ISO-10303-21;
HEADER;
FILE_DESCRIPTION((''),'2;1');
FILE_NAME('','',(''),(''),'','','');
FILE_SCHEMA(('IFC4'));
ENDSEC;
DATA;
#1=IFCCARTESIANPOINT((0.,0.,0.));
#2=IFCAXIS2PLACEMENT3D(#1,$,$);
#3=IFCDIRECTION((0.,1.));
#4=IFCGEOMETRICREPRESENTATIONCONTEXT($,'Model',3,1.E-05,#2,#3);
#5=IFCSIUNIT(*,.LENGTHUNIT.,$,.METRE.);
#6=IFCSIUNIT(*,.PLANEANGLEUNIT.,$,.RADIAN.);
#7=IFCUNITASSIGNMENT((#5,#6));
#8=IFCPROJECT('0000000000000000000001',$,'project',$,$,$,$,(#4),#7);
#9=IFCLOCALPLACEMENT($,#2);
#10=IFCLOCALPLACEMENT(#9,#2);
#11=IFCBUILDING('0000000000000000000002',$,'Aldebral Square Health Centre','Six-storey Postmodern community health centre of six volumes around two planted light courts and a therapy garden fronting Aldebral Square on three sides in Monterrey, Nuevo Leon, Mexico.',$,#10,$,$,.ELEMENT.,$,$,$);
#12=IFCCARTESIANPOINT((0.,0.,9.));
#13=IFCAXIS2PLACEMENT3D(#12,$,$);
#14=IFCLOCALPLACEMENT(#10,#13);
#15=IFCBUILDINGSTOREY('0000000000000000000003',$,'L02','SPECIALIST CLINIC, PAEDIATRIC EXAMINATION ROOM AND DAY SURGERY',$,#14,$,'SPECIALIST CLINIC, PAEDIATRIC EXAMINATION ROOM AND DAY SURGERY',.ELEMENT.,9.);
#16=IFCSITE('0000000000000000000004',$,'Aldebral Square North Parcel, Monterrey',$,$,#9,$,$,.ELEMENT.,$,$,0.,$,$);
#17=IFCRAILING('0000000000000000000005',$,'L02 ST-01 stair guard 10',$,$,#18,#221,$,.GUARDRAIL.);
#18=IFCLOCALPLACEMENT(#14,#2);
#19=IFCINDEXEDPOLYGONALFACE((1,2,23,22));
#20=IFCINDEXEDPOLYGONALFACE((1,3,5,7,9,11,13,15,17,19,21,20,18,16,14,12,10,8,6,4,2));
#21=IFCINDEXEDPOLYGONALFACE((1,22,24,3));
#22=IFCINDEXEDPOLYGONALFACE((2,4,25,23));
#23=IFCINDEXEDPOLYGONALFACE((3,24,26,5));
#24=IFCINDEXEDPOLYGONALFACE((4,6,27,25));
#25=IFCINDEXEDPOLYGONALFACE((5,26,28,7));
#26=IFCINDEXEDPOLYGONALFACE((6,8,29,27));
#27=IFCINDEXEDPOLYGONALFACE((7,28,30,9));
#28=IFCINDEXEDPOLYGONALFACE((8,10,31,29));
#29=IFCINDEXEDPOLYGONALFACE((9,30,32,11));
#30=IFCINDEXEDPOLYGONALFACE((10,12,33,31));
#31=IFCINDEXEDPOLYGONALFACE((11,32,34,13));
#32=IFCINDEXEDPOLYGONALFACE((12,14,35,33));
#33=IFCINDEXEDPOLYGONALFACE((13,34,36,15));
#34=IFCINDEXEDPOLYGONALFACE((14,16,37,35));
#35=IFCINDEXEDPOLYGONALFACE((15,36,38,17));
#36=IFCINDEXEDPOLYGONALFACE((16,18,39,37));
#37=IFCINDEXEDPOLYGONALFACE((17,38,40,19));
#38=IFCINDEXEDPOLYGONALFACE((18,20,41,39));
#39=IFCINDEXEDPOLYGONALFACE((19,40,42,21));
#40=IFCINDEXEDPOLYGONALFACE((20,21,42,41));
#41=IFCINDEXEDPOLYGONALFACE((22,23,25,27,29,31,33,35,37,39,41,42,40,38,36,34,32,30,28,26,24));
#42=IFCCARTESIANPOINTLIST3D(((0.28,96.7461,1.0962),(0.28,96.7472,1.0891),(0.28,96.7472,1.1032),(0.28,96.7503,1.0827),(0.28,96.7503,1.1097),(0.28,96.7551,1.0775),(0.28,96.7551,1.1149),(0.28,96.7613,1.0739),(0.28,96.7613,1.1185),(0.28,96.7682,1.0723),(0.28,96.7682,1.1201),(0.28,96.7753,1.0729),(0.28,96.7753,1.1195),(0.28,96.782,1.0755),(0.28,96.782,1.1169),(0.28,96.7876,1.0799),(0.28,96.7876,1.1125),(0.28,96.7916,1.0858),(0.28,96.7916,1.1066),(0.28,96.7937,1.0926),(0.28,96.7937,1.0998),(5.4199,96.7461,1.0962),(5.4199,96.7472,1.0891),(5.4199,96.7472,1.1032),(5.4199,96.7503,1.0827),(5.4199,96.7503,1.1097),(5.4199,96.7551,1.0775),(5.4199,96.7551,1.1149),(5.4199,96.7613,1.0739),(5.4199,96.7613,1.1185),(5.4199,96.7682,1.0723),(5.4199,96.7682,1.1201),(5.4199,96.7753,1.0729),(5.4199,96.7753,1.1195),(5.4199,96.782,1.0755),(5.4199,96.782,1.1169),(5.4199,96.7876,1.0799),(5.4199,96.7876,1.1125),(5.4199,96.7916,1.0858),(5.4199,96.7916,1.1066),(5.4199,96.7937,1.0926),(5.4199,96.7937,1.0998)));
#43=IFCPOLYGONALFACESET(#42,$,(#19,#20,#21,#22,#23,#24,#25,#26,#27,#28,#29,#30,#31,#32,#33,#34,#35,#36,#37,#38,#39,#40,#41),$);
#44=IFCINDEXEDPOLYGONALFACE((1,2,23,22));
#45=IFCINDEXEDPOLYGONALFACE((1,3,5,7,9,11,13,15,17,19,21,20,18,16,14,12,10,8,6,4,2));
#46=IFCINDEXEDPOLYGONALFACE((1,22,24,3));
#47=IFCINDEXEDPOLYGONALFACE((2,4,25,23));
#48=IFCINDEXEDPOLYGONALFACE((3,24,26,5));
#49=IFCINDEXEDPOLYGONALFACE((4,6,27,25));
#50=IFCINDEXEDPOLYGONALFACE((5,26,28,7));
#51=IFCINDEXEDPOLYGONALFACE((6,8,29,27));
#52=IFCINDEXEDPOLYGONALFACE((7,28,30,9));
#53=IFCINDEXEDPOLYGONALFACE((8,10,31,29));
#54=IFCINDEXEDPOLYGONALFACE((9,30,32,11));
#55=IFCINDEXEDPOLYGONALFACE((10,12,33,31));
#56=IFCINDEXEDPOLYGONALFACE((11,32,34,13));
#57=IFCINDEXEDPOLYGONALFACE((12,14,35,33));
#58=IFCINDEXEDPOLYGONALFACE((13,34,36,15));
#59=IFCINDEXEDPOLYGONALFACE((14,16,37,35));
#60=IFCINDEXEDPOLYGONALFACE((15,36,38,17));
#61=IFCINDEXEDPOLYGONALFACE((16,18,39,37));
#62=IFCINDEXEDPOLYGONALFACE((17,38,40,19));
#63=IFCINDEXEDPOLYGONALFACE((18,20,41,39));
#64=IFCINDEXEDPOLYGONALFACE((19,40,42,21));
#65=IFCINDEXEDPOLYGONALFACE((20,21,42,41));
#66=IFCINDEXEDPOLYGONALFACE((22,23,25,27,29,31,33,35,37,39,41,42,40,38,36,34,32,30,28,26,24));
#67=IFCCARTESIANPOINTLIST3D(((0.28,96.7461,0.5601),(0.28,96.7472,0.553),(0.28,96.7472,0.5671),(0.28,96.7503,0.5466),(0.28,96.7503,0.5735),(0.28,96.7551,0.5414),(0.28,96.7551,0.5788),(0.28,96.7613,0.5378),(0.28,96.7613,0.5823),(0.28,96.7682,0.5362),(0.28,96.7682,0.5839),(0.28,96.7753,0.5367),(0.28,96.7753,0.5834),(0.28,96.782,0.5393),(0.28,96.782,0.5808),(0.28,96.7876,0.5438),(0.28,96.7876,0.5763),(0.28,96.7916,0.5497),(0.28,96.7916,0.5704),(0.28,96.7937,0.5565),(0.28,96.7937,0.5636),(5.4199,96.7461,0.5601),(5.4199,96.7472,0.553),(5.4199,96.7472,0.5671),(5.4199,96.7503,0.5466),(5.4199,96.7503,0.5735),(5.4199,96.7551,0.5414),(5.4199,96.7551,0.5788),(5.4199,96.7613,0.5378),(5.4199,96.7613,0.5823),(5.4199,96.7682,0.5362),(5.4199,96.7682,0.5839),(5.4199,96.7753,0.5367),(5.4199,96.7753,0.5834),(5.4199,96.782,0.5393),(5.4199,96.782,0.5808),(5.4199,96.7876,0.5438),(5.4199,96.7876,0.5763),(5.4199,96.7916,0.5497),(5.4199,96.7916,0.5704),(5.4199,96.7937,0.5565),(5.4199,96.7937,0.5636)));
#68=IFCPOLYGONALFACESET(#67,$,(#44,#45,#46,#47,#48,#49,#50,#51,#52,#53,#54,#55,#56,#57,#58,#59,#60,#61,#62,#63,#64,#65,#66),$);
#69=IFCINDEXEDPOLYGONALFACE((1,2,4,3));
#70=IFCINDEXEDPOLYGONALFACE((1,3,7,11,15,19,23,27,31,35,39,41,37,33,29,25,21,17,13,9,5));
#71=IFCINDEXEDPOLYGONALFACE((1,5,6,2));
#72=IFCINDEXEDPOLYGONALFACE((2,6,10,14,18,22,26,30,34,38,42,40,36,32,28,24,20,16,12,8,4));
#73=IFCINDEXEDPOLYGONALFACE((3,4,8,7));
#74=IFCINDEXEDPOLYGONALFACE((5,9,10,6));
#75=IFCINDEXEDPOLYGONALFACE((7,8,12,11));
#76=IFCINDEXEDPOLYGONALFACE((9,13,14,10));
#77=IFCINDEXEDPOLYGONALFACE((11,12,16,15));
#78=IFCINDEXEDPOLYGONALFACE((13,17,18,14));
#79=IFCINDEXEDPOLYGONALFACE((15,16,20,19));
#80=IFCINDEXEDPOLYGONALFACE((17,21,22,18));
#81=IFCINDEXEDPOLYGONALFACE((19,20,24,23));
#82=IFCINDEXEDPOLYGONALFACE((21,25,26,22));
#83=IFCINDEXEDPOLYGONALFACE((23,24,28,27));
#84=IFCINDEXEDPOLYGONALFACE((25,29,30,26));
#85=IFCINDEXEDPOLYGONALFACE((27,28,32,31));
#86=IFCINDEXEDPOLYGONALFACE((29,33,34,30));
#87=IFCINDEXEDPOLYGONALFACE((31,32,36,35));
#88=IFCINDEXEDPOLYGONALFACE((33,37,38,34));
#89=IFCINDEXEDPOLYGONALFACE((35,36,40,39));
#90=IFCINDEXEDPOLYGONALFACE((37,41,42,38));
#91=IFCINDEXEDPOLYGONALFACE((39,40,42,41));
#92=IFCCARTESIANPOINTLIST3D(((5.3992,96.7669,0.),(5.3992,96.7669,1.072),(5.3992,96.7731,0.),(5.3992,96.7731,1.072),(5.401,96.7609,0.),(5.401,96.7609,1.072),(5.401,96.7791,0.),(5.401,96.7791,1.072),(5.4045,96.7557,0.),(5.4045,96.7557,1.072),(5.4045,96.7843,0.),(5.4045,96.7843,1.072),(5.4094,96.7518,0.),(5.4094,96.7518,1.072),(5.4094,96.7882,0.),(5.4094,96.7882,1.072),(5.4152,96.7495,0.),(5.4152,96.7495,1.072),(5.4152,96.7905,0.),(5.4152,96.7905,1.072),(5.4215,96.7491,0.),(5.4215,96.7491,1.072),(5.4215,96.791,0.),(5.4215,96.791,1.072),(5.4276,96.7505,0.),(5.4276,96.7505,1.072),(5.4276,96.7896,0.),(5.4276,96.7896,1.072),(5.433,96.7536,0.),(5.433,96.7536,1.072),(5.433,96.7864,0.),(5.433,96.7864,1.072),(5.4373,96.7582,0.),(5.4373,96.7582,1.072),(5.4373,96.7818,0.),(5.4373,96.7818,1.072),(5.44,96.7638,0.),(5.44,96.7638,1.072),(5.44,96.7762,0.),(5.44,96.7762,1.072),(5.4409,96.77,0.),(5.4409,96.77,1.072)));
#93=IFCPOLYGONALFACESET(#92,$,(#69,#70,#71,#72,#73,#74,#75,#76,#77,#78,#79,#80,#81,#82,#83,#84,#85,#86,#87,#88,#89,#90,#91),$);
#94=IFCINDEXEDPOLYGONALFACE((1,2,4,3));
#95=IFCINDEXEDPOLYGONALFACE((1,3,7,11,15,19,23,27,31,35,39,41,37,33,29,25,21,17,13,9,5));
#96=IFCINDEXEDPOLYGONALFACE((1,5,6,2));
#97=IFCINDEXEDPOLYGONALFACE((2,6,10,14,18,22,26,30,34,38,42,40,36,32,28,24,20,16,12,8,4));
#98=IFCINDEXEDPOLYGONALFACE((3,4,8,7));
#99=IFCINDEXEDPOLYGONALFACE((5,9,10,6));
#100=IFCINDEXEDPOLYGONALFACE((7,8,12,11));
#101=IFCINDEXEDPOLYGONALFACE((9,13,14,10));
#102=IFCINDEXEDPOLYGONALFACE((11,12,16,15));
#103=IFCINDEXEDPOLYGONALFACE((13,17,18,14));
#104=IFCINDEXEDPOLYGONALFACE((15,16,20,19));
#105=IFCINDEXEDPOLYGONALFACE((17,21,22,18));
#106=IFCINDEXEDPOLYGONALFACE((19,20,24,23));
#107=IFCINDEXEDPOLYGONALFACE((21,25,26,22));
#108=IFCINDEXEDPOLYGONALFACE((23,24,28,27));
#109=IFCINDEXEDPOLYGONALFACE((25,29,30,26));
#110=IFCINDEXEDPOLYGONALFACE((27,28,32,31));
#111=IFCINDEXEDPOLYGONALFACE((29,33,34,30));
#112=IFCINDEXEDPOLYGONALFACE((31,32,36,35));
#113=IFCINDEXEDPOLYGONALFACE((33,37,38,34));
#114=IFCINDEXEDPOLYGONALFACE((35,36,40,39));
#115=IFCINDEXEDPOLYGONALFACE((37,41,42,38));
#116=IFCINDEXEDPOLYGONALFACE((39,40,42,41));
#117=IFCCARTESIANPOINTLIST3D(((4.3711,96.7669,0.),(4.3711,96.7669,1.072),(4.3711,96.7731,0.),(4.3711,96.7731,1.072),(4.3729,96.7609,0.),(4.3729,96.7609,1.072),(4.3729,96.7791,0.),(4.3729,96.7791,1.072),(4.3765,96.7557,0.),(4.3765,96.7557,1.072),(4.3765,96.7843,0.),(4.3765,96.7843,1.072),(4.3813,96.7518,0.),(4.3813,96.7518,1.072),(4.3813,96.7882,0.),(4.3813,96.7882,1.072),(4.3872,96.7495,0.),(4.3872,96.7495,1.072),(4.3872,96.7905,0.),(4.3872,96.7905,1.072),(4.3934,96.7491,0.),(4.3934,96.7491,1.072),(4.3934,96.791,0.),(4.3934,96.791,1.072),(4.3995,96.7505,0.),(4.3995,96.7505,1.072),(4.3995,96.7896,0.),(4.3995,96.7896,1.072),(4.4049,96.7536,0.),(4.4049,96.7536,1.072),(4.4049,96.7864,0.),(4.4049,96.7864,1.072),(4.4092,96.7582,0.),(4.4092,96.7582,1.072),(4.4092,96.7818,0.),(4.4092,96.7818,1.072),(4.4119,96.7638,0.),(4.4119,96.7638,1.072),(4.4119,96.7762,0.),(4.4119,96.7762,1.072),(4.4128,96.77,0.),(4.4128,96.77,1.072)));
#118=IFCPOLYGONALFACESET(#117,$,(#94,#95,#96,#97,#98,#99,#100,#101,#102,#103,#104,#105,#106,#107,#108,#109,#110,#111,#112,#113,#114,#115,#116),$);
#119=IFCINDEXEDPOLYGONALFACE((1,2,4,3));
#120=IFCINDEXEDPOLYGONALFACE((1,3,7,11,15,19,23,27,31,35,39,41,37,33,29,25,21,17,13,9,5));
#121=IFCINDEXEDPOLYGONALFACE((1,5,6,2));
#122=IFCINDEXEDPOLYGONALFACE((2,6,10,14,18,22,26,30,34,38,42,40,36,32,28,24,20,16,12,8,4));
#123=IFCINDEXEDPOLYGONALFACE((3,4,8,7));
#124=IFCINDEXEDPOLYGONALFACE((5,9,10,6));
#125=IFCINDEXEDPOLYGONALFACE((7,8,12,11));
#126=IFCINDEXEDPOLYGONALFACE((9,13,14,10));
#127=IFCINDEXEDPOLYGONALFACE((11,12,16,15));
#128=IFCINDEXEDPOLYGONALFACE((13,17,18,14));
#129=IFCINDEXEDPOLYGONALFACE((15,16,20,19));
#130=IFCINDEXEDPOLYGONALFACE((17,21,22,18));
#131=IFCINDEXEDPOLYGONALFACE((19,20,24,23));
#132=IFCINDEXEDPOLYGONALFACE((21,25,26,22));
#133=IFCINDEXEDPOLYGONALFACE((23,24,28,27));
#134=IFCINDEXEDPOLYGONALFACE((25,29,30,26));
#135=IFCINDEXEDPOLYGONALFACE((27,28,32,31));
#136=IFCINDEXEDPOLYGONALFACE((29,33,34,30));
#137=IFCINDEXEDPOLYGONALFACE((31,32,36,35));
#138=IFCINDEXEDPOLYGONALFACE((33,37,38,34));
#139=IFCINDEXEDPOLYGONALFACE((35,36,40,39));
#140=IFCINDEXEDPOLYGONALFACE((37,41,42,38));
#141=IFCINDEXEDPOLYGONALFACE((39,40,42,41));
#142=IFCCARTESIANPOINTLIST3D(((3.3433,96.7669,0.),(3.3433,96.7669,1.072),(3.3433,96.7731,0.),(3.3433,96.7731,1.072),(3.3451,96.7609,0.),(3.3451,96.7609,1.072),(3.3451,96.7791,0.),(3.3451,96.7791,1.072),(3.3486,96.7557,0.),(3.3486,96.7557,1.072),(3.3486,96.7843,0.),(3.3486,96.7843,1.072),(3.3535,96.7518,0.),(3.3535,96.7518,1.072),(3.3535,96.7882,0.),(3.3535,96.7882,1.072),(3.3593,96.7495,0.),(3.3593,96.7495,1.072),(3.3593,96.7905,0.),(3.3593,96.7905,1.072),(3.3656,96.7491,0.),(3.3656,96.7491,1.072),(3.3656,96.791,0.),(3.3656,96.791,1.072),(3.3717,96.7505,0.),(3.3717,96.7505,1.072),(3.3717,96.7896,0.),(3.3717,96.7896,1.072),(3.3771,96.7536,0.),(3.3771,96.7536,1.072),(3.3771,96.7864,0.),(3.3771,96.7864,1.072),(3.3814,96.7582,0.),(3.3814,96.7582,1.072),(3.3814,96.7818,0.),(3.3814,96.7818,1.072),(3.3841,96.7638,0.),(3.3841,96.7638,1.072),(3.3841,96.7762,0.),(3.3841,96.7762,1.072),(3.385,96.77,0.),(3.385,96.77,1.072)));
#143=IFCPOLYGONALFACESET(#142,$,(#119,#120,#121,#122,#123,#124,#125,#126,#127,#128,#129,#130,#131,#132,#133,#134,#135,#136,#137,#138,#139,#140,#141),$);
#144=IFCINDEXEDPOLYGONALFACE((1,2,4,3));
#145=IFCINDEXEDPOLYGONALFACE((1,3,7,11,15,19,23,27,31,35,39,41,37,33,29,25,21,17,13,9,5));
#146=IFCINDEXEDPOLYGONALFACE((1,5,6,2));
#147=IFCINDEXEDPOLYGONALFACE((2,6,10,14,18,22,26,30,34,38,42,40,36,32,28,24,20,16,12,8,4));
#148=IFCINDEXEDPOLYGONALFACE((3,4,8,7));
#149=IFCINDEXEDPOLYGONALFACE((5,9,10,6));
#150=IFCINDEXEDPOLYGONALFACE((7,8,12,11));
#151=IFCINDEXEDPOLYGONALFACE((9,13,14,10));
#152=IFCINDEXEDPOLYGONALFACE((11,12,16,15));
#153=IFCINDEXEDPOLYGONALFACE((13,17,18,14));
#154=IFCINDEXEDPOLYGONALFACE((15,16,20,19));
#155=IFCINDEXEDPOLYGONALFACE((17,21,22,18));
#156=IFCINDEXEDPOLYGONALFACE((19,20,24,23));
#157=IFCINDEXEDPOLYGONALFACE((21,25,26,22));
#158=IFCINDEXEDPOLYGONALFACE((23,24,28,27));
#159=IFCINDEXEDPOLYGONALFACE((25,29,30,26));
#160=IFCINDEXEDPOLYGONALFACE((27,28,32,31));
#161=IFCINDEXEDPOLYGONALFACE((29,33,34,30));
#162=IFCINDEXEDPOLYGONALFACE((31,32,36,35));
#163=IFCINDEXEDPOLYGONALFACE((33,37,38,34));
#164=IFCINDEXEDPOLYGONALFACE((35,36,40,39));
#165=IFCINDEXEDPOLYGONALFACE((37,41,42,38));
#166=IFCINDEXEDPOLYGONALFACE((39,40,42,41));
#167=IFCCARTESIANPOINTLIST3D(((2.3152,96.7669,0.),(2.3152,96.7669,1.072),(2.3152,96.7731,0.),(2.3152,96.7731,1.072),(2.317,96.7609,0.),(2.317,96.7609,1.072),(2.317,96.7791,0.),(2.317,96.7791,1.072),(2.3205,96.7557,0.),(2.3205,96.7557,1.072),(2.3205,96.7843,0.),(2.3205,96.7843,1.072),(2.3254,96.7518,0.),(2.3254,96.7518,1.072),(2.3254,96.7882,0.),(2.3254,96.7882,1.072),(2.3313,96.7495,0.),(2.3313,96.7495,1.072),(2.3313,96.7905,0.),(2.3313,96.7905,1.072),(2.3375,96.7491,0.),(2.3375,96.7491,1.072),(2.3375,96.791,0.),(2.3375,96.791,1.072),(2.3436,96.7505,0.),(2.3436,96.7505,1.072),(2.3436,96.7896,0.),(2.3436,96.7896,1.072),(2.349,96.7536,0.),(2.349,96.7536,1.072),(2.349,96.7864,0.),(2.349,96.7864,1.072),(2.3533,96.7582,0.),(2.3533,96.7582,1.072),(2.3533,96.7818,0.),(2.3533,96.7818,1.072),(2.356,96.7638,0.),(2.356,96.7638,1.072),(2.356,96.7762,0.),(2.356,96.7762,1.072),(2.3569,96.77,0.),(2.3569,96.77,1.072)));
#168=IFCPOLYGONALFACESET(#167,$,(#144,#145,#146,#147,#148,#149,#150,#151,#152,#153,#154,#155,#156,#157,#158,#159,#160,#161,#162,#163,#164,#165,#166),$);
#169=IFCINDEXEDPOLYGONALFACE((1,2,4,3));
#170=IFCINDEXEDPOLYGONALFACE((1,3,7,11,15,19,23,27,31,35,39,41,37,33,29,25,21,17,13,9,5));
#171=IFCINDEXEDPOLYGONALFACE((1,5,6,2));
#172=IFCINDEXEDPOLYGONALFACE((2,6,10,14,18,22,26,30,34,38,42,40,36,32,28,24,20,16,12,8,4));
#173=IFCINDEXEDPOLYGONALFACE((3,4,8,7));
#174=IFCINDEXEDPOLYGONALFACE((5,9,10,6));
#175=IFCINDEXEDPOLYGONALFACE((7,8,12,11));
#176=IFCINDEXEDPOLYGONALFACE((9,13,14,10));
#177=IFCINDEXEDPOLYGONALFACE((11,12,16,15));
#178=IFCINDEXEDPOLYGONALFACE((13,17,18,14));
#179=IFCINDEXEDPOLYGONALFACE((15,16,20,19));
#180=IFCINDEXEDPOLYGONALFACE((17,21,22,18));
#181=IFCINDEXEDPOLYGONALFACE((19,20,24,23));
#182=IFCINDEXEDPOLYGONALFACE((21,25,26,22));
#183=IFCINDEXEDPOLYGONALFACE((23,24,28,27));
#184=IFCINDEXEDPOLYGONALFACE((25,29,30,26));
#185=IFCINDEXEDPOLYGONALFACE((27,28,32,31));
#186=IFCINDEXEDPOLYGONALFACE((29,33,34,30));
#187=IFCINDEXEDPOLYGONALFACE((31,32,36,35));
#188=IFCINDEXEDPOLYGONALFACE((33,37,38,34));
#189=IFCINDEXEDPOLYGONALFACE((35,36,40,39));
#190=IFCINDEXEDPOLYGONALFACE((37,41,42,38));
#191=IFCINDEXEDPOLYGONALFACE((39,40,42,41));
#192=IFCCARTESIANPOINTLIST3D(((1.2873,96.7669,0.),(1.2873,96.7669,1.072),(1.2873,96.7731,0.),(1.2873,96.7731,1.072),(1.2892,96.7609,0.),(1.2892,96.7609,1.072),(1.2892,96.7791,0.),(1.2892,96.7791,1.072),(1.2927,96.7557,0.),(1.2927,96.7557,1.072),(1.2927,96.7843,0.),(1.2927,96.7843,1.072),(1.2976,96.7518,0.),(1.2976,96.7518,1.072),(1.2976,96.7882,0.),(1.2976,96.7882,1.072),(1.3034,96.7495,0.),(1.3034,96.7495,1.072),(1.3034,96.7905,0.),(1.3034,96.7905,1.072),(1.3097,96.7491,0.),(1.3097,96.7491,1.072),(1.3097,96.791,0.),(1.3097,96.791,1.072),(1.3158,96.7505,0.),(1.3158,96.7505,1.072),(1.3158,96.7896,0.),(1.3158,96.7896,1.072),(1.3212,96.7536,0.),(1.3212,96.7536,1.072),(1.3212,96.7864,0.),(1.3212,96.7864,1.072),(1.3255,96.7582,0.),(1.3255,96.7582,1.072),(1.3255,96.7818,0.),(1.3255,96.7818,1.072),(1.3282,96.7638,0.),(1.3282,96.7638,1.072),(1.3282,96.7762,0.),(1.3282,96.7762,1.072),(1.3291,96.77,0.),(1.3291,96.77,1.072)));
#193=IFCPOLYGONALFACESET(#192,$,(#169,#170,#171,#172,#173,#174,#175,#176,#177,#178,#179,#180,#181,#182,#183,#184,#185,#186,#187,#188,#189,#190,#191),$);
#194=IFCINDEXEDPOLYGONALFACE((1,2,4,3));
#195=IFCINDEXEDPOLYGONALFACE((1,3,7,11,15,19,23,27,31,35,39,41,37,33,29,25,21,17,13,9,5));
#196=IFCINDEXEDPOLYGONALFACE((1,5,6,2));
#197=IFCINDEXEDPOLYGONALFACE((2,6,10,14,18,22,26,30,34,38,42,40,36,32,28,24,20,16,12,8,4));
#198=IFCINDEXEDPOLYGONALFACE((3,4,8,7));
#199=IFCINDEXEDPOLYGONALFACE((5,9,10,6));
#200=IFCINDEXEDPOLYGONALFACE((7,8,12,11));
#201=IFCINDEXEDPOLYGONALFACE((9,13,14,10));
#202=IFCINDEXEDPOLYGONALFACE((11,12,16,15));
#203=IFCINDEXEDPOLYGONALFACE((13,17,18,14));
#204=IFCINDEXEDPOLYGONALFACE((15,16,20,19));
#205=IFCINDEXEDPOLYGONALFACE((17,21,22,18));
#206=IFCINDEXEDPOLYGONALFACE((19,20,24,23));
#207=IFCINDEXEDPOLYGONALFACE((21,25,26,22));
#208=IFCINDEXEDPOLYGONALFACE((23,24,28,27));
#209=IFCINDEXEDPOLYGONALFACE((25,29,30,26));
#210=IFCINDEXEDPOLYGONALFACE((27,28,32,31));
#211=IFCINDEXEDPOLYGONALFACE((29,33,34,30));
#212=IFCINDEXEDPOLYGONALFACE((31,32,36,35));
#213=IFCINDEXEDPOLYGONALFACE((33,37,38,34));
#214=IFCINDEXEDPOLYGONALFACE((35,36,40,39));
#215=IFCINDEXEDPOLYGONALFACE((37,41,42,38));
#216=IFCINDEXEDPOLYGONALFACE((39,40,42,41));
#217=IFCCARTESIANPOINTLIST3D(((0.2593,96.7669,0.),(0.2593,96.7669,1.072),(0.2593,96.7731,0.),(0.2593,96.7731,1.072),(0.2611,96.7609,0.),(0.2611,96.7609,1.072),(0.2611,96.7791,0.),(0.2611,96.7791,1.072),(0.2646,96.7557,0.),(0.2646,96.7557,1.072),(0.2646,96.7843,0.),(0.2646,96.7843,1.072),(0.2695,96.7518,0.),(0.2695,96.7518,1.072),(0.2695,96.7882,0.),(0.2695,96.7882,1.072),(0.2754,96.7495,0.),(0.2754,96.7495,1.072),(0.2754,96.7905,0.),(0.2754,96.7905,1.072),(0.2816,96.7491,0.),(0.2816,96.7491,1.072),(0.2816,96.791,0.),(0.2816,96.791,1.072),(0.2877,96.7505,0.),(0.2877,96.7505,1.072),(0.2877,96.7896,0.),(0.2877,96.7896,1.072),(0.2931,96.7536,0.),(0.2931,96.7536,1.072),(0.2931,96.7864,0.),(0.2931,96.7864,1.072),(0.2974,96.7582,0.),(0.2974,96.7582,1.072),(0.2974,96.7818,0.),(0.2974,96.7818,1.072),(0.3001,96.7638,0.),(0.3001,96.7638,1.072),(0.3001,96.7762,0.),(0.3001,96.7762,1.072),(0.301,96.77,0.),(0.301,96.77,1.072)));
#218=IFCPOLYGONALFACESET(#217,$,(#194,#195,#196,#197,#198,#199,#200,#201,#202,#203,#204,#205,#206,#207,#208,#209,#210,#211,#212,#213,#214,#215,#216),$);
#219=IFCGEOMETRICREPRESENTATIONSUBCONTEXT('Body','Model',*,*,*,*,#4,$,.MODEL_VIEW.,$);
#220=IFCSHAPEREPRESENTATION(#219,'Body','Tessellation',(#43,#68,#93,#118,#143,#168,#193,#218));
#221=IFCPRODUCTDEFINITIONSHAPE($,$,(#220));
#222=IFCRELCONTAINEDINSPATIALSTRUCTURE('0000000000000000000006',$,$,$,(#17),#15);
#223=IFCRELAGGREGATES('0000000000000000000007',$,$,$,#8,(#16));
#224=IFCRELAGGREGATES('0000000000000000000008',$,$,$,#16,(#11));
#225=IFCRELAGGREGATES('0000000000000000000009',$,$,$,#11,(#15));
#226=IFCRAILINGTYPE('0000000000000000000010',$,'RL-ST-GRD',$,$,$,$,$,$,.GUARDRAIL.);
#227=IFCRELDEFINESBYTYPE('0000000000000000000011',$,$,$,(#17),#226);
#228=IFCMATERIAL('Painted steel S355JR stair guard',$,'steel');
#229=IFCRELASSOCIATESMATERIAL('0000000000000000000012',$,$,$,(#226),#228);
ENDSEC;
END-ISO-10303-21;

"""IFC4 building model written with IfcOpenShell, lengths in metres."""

from ifc_helpers import new_model, si_unit, direction, frame, origin, origin_2d, place, context, subcontext, project, spatial, circle, extrude, material, type_object, element, save


model = new_model("IFC4")

# Units and contexts
model_context = context("Model", 3, precision=1e-05, world=origin(), true_north=direction((0.0, 1.0)))
body_context = subcontext(model_context, "Body", "Model", "MODEL_VIEW")
ifc_project = project(units=[si_unit("LENGTHUNIT", "METRE"), si_unit("PLANEANGLEUNIT", "RADIAN")], contexts=[model_context])

# Site, building, storey
site_placement = place(None, origin())
site = spatial("IfcSite", under=ifc_project, at=site_placement, Name="Aldebral Square North Parcel, Monterrey", CompositionType="ELEMENT", RefElevation=0.0)
building_placement = place(site_placement, origin())
building = spatial("IfcBuilding", under=site, at=building_placement, Name="Aldebral Square Health Centre", Description="Six-storey Postmodern community health centre of six volumes around two planted light courts and a therapy garden fronting Aldebral Square on three sides in Monterrey, Nuevo Leon, Mexico.", CompositionType="ELEMENT")
storey_placement = place(building_placement, frame((0.0, 0.0, 9.0)))
storey = spatial("IfcBuildingStorey", under=building, at=storey_placement, Name="L02", Description="SPECIALIST CLINIC, PAEDIATRIC EXAMINATION ROOM AND DAY SURGERY", LongName="SPECIALIST CLINIC, PAEDIATRIC EXAMINATION ROOM AND DAY SURGERY", CompositionType="ELEMENT", Elevation=9.0)

# Railing
ifc_material_1 = material(Name="Painted steel S355JR stair guard", Category="steel")
railing_type_1 = type_object("IfcRailingType", Name="RL-ST-GRD", PredefinedType="GUARDRAIL", material=ifc_material_1)
railing_1_placement = place(storey_placement, frame((5.4199, 96.77, 0.0)))
element("IfcRailing", 1, at=railing_1_placement, inside=storey, type_object=railing_type_1, Name="L02 ST-01 stair guard 10", PredefinedType="GUARDRAIL", context=body_context, shape_type="SweptSolid", body=[
    extrude(circle(Radius=0.0239, at=origin_2d()), frame((0.0, 0.0, 1.0962), z_axis=(-1.0, 0.0, 0.0), x_axis=(0.0, -1.0, 0.0)), (0.0, 0.0, 1.0), 5.1399),
    extrude(circle(Radius=0.0239, at=origin_2d()), frame((0.0, 0.0, 0.5601), z_axis=(-1.0, 0.0, 0.0), x_axis=(0.0, -1.0, 0.0)), (0.0, 0.0, 1.0), 5.1399),
    extrude(circle(Radius=0.021, at=origin_2d()), origin(), (0.0, 0.0, 1.0), 1.072),
    extrude(circle(Radius=0.021, at=origin_2d()), frame((-1.0281, 0.0, 0.0)), (0.0, 0.0, 1.0), 1.072),
    extrude(circle(Radius=0.021, at=origin_2d()), frame((-2.0559, 0.0, 0.0)), (0.0, 0.0, 1.0), 1.072),
    extrude(circle(Radius=0.021, at=origin_2d()), frame((-3.084, 0.0, 0.0)), (0.0, 0.0, 1.0), 1.072),
    extrude(circle(Radius=0.021, at=origin_2d()), frame((-4.1118, 0.0, 0.0)), (0.0, 0.0, 1.0), 1.072),
    extrude(circle(Radius=0.021, at=origin_2d()), frame((-5.1399, 0.0, 0.0)), (0.0, 0.0, 1.0), 1.072),
])

save(model, "model.ifc")
